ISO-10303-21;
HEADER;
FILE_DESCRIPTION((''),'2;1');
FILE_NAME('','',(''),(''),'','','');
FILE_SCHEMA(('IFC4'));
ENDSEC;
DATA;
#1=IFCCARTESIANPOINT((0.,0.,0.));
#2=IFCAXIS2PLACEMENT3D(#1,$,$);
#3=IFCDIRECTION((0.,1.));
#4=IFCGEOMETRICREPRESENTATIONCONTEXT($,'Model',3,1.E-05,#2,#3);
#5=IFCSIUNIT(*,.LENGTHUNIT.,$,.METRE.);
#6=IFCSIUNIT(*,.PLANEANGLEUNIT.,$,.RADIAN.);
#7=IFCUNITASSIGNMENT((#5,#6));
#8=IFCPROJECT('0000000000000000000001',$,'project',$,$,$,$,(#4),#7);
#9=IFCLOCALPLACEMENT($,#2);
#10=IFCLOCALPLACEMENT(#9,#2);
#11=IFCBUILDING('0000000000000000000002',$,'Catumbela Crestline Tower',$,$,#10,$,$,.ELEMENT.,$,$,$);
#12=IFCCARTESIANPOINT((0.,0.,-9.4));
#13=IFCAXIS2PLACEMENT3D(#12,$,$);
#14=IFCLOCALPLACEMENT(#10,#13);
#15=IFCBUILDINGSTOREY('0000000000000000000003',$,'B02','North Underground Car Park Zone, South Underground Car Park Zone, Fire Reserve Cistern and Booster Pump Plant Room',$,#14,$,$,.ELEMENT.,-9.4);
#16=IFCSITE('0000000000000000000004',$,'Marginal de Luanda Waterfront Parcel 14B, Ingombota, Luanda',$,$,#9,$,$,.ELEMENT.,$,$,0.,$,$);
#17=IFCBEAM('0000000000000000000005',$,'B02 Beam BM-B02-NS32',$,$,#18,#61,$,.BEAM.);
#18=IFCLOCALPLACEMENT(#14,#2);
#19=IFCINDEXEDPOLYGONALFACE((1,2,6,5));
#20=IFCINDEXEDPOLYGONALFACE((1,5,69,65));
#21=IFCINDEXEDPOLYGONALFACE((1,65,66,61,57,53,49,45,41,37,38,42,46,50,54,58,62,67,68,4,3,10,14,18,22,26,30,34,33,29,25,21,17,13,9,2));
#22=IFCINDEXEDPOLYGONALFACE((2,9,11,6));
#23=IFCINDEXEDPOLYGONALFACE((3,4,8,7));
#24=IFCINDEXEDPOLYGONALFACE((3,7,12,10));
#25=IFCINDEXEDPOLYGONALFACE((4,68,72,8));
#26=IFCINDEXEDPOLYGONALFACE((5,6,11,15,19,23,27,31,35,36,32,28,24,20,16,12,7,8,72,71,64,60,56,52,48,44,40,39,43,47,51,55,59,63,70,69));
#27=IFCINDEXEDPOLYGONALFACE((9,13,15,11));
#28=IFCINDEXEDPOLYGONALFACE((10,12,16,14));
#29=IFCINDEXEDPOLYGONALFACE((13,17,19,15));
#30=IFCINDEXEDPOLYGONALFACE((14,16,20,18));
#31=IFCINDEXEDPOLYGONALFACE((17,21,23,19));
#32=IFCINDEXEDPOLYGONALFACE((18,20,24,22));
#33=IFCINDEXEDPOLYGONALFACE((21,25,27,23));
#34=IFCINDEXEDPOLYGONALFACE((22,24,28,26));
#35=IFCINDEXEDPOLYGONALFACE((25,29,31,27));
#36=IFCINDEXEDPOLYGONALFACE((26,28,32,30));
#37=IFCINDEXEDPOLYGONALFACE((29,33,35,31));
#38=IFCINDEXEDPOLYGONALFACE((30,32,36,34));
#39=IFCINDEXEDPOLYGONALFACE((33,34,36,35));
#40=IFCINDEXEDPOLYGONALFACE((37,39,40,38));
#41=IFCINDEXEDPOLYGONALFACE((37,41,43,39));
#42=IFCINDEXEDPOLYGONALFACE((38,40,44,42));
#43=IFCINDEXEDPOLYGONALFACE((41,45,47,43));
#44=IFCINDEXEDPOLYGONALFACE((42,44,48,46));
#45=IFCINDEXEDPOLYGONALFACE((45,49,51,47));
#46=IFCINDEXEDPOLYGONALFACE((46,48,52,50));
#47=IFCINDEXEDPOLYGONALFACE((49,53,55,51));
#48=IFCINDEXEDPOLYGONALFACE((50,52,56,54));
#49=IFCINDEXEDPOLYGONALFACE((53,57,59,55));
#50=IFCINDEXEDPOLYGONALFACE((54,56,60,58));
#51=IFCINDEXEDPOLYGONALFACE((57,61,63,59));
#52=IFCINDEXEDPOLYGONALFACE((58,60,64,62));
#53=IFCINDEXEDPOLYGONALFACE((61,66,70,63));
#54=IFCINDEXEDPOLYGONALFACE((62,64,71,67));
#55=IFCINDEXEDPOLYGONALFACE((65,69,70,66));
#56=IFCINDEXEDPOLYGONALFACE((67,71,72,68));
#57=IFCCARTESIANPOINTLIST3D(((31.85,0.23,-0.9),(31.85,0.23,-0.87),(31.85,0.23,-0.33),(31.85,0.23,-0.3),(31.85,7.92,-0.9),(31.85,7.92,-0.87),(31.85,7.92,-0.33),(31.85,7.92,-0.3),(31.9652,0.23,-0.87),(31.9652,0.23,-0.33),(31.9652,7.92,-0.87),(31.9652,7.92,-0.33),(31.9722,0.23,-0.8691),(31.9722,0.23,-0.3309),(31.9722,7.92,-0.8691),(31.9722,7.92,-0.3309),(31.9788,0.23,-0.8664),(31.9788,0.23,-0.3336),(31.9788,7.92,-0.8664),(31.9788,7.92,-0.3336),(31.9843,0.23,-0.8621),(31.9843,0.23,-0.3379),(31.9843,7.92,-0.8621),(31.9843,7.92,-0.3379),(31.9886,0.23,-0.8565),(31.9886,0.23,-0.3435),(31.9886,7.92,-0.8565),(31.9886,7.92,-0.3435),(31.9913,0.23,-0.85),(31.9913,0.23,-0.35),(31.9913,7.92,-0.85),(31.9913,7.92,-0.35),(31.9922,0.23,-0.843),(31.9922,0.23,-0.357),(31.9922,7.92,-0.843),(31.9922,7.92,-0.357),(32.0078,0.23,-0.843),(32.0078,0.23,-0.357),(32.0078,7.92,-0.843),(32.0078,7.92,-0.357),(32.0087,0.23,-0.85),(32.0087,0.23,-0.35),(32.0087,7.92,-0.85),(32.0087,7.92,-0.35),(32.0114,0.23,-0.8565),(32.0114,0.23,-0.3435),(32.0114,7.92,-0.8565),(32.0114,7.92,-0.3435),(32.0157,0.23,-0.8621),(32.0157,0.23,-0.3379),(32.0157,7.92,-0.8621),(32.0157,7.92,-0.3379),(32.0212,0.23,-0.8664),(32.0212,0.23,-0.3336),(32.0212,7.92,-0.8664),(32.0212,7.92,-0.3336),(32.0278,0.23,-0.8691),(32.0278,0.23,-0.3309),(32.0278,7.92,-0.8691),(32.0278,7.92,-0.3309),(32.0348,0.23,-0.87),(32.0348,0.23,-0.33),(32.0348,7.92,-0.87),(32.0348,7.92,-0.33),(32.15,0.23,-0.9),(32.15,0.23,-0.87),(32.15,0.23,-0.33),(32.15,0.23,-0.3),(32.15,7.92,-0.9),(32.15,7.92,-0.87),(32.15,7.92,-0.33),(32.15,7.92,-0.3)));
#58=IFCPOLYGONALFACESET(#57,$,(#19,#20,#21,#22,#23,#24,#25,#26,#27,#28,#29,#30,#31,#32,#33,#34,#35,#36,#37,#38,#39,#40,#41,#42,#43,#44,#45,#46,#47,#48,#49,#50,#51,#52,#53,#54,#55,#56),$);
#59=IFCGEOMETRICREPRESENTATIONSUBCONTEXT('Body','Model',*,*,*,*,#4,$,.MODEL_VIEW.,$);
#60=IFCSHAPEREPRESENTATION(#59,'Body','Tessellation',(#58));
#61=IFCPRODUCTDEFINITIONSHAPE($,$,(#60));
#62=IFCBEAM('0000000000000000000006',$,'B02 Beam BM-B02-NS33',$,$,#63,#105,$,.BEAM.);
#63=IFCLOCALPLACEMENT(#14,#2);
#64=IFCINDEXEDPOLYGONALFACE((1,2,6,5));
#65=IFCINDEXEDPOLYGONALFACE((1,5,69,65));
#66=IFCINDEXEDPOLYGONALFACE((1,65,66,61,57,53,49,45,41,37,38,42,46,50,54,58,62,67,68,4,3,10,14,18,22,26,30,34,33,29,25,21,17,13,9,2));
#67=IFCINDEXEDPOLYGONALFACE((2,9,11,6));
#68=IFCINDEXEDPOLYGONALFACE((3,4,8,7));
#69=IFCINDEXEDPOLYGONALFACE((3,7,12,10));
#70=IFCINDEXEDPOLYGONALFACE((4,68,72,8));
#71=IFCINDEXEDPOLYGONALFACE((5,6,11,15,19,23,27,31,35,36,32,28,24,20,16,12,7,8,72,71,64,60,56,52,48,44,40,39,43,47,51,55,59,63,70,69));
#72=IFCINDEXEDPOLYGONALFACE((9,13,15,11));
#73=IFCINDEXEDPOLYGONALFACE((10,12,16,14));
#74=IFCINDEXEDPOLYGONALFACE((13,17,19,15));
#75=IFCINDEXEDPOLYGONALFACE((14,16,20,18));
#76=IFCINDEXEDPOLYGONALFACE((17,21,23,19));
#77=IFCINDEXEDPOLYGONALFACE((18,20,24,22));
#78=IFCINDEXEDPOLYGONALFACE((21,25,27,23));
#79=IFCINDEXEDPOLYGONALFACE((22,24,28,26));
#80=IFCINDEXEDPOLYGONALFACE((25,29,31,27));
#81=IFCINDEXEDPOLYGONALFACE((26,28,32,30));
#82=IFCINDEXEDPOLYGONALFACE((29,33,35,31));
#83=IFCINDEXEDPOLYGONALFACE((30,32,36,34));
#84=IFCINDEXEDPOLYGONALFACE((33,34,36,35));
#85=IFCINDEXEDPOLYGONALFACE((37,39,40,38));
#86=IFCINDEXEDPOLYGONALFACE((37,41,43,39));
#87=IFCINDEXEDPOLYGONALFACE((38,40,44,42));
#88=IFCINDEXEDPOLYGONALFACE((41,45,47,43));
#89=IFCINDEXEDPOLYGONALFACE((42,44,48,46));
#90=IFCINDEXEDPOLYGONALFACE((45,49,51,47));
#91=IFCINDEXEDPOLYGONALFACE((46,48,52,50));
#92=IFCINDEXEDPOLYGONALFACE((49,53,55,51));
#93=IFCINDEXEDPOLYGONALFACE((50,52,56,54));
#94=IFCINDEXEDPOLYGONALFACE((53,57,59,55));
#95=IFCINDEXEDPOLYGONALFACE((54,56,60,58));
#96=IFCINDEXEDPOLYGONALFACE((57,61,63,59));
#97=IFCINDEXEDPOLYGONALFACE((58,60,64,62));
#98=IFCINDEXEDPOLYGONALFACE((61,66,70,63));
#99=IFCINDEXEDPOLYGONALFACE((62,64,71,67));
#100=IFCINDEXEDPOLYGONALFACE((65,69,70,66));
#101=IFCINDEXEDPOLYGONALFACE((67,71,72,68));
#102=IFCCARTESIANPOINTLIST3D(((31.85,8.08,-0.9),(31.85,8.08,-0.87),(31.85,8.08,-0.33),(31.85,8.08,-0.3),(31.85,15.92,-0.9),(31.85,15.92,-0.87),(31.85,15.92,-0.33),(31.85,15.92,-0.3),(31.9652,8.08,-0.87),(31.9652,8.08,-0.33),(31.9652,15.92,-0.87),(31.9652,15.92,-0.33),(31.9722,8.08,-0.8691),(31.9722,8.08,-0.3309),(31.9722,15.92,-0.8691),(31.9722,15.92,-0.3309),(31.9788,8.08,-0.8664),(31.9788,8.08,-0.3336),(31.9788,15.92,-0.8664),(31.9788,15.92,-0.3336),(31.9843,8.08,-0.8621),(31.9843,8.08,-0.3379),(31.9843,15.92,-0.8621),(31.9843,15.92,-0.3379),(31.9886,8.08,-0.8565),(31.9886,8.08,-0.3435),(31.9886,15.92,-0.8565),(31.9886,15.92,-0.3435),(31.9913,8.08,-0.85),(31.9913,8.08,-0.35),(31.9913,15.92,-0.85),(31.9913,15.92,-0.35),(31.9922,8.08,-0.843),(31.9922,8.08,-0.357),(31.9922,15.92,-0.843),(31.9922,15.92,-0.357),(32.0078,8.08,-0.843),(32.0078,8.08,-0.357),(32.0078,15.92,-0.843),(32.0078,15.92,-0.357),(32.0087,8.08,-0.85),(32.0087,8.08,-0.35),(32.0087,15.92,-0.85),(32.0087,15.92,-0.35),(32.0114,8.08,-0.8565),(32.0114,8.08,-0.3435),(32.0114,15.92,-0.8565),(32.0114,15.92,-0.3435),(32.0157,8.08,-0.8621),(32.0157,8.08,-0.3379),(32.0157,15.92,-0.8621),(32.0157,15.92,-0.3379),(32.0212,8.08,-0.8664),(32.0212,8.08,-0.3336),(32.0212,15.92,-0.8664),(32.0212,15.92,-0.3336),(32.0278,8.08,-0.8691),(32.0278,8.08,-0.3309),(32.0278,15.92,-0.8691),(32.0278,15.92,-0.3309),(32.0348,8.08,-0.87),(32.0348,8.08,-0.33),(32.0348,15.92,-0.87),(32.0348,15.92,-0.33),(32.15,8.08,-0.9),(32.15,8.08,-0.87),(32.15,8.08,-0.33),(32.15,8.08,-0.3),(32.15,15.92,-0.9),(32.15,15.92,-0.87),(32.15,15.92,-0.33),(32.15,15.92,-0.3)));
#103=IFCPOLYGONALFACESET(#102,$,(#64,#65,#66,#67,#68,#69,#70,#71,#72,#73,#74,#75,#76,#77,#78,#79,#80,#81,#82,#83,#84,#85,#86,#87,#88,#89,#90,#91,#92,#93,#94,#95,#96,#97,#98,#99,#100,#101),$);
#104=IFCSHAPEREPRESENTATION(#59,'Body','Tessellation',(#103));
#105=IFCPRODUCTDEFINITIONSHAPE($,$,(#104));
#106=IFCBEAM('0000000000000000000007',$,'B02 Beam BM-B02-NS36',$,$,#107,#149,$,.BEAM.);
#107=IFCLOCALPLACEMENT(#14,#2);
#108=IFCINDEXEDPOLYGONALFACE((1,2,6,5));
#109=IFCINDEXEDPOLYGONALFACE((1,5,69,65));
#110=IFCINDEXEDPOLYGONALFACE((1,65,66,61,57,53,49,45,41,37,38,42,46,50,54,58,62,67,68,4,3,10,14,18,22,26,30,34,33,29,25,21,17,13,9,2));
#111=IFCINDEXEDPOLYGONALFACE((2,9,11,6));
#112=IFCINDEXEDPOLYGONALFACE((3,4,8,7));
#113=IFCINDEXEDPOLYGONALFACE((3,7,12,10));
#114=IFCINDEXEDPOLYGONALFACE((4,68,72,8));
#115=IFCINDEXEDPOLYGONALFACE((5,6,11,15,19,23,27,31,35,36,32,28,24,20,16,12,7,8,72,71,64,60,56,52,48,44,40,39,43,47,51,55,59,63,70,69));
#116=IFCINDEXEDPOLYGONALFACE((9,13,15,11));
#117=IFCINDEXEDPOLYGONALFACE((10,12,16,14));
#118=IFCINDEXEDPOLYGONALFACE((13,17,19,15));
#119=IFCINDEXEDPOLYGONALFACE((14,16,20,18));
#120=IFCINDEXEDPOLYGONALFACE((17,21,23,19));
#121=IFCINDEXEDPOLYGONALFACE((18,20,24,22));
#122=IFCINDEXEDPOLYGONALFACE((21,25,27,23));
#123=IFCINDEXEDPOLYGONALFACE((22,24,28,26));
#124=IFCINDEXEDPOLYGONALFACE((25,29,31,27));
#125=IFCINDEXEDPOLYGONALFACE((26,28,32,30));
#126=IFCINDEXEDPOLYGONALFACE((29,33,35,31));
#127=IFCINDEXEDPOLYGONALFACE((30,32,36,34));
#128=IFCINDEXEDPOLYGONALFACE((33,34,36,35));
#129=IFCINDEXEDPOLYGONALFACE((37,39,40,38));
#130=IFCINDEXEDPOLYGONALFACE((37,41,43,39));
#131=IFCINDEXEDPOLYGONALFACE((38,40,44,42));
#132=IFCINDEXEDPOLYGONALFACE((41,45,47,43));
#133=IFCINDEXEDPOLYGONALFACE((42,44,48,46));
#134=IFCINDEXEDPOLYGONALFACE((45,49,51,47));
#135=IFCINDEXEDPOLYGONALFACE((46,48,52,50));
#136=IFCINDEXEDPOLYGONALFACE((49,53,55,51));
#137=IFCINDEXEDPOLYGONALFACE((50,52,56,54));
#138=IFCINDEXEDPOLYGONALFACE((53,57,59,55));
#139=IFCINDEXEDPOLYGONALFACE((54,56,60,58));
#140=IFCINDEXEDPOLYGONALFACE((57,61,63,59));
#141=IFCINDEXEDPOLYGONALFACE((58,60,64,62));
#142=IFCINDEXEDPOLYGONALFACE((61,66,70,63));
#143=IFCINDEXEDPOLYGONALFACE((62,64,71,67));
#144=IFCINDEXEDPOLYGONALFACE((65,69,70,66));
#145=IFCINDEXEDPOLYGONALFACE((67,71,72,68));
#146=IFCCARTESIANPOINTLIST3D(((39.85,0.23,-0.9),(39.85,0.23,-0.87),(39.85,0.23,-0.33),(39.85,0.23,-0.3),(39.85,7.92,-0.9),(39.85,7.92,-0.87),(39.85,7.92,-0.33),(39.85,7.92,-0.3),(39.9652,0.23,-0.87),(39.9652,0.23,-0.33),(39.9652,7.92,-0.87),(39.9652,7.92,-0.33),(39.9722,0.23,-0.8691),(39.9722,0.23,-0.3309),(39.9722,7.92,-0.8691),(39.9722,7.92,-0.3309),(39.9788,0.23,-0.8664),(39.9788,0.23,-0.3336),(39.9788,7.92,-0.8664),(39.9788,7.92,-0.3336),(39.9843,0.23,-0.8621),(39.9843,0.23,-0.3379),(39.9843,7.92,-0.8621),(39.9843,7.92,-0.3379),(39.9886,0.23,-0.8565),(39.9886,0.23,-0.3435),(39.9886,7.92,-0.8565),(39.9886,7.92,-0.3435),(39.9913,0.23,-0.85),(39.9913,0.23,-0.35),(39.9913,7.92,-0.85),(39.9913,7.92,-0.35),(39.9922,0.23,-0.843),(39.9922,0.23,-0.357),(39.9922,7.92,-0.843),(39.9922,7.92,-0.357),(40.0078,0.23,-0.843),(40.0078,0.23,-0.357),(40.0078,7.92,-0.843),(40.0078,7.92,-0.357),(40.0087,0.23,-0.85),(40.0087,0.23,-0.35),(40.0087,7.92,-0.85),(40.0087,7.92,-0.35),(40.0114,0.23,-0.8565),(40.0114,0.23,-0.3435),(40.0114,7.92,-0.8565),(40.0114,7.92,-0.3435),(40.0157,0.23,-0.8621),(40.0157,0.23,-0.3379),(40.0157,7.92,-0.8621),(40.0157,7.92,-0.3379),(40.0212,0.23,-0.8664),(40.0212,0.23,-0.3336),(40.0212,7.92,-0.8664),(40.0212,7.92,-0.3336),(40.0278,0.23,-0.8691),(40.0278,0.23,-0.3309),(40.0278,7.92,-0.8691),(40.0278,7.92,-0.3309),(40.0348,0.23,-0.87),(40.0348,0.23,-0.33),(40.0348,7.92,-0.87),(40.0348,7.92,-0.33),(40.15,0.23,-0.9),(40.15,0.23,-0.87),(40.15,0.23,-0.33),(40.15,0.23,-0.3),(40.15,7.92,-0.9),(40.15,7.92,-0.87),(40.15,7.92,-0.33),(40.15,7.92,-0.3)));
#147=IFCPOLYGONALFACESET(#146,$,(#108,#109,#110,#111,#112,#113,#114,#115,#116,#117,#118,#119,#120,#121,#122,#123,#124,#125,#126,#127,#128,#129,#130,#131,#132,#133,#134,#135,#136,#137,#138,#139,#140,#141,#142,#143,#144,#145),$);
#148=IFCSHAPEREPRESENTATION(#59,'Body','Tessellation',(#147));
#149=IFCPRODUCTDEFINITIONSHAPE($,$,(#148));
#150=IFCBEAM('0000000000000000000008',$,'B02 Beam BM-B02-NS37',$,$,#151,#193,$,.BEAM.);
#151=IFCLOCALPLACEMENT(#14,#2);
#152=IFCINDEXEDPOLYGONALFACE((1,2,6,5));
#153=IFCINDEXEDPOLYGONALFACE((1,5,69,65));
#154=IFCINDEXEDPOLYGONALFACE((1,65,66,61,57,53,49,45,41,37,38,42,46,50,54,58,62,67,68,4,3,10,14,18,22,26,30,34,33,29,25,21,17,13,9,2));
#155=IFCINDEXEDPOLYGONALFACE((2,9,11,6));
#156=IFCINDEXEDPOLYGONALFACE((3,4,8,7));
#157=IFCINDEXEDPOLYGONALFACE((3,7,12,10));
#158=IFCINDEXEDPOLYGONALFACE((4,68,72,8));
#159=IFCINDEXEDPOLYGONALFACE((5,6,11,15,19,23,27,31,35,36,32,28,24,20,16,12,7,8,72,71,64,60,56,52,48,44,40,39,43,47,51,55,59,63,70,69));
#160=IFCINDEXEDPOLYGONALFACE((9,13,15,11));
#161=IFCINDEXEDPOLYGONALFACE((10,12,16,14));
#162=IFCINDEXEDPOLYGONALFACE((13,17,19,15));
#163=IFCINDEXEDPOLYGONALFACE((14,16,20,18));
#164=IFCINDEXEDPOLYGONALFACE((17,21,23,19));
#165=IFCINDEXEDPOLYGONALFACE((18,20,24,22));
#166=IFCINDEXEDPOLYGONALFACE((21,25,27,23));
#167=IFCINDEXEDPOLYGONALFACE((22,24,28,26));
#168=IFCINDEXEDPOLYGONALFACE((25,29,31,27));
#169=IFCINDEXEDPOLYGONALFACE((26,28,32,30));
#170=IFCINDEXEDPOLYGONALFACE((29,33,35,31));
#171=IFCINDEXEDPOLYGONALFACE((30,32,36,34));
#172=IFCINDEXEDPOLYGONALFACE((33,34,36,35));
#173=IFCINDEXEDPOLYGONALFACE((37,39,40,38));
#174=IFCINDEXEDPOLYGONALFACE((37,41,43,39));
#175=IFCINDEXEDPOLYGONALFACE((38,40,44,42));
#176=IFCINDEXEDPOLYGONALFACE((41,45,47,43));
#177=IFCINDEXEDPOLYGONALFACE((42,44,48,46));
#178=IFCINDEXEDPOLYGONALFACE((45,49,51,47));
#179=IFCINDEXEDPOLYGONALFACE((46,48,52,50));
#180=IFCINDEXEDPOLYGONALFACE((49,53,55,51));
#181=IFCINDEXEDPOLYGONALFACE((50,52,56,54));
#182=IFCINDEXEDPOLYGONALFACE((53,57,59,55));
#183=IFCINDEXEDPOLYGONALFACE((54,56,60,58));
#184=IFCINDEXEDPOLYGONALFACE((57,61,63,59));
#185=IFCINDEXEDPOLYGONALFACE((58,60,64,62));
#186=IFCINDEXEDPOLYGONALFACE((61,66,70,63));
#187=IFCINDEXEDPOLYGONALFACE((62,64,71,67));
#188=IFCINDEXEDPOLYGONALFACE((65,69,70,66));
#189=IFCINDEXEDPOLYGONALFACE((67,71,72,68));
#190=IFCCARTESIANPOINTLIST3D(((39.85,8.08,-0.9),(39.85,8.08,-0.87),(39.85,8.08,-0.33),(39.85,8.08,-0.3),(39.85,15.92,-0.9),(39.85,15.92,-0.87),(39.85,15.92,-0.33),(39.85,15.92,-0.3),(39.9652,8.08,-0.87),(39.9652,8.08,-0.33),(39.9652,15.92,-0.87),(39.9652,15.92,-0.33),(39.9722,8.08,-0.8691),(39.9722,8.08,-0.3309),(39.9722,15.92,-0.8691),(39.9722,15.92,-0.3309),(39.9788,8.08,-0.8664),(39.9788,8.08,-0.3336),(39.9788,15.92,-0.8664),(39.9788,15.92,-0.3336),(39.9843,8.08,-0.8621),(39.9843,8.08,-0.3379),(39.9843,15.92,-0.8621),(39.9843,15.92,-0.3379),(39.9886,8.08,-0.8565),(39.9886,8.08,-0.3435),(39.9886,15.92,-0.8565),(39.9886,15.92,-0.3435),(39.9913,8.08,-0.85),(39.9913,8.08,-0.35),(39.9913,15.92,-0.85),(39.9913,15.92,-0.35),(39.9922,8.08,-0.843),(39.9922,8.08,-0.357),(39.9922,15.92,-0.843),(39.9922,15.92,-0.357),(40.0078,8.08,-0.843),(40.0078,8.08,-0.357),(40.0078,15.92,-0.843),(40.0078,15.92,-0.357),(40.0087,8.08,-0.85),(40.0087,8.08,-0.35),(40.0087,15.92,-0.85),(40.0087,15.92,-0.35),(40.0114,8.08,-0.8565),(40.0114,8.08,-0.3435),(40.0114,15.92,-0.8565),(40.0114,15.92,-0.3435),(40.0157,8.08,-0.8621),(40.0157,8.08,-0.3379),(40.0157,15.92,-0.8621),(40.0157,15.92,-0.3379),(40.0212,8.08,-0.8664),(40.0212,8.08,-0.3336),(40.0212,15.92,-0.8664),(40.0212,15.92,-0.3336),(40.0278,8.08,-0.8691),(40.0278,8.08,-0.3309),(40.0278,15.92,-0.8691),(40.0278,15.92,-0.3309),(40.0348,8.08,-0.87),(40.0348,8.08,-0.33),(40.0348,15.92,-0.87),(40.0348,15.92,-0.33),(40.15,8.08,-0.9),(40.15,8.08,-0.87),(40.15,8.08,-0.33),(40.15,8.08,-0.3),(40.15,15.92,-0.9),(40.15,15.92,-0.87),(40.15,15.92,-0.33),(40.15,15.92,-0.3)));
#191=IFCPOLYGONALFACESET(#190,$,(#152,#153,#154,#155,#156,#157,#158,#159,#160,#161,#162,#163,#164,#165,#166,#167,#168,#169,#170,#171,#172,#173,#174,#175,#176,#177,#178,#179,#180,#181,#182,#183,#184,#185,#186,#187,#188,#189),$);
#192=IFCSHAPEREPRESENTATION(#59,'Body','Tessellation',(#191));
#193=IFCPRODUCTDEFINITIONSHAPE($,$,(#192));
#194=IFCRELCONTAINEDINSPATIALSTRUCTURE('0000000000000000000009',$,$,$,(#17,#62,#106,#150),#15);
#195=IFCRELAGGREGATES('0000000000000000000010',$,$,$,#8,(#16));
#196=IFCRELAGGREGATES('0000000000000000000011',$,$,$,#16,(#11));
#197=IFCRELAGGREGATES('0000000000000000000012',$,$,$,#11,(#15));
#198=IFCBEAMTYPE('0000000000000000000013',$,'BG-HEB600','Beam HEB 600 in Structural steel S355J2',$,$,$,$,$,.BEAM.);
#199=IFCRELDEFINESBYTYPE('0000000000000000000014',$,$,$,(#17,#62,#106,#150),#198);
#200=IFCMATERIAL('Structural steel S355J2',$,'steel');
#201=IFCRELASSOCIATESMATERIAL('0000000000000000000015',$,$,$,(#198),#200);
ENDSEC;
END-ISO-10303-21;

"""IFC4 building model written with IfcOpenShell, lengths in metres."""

from ifc_helpers import new_model, si_unit, direction, frame, origin, origin_2d, place, context, subcontext, project, spatial, i_section, extrude, material, material_profile, profile_set, type_object, element, save


model = new_model("IFC4")

# Units and contexts
model_context = context("Model", 3, precision=1e-05, world=origin(), true_north=direction((0.0, 1.0)))
body_context = subcontext(model_context, "Body", "Model", "MODEL_VIEW")
ifc_project = project(units=[si_unit("LENGTHUNIT", "METRE"), si_unit("PLANEANGLEUNIT", "RADIAN")], contexts=[model_context])

# Site, building, storey
site_placement = place(None, origin())
site = spatial("IfcSite", under=ifc_project, at=site_placement, Name="Marginal de Luanda Waterfront Parcel 14B, Ingombota, Luanda", CompositionType="ELEMENT", RefElevation=0.0)
building_placement = place(site_placement, origin())
building = spatial("IfcBuilding", under=site, at=building_placement, Name="Catumbela Crestline Tower", CompositionType="ELEMENT")
storey_placement = place(building_placement, frame((0.0, 0.0, -9.4)))
storey = spatial("IfcBuildingStorey", under=building, at=storey_placement, Name="B02", Description="North Underground Car Park Zone, South Underground Car Park Zone, Fire Reserve Cistern and Booster Pump Plant Room", CompositionType="ELEMENT", Elevation=-9.4)

# Beams
ifc_material_1 = material(Name="Structural steel S355J2", Category="steel")
ifc_material_profile_1 = material_profile(ifc_material_1, i_section(OverallWidth=0.3, OverallDepth=0.6, WebThickness=0.0155, FlangeThickness=0.03, FilletRadius=0.027, at=origin_2d()), Name="HEB 600")
ifc_profile_set_1 = profile_set([ifc_material_profile_1], Name="Structural steel S355J2")
beam_type_1 = type_object("IfcBeamType", Name="BG-HEB600", Description="Beam HEB 600 in Structural steel S355J2", PredefinedType="BEAM", material=ifc_profile_set_1)
beam_1_placement = place(storey_placement, frame((32.0, 0.23, -0.6), z_axis=(0.0, 1.0, 0.0), x_axis=(-1.0, 0.0, 0.0)))
element("IfcBeam", 1, at=beam_1_placement, inside=storey, type_object=beam_type_1, Name="B02 Beam BM-B02-NS32", PredefinedType="BEAM", context=body_context, shape_type="SweptSolid", body=[
    extrude(i_section(OverallWidth=0.3, OverallDepth=0.6, WebThickness=0.0155, FlangeThickness=0.03, FilletRadius=0.027, at=origin_2d()), origin(), (0.0, 0.0, 1.0), 7.69),
])
beam_2_placement = place(storey_placement, frame((32.0, 8.08, -0.6), z_axis=(0.0, 1.0, 0.0), x_axis=(-1.0, 0.0, 0.0)))
element("IfcBeam", 2, at=beam_2_placement, inside=storey, type_object=beam_type_1, Name="B02 Beam BM-B02-NS33", PredefinedType="BEAM", context=body_context, shape_type="SweptSolid", body=[
    extrude(i_section(OverallWidth=0.3, OverallDepth=0.6, WebThickness=0.0155, FlangeThickness=0.03, FilletRadius=0.027, at=origin_2d()), origin(), (0.0, 0.0, 1.0), 7.84),
])
beam_3_placement = place(storey_placement, frame((40.0, 0.23, -0.6), z_axis=(0.0, 1.0, 0.0), x_axis=(-1.0, 0.0, 0.0)))
element("IfcBeam", 3, at=beam_3_placement, inside=storey, type_object=beam_type_1, Name="B02 Beam BM-B02-NS36", PredefinedType="BEAM", context=body_context, shape_type="SweptSolid", body=[
    extrude(i_section(OverallWidth=0.3, OverallDepth=0.6, WebThickness=0.0155, FlangeThickness=0.03, FilletRadius=0.027, at=origin_2d()), origin(), (0.0, 0.0, 1.0), 7.69),
])
beam_4_placement = place(storey_placement, frame((40.0, 8.08, -0.6), z_axis=(0.0, 1.0, 0.0), x_axis=(-1.0, 0.0, 0.0)))
element("IfcBeam", 4, at=beam_4_placement, inside=storey, type_object=beam_type_1, Name="B02 Beam BM-B02-NS37", PredefinedType="BEAM", context=body_context, shape_type="SweptSolid", body=[
    extrude(i_section(OverallWidth=0.3, OverallDepth=0.6, WebThickness=0.0155, FlangeThickness=0.03, FilletRadius=0.027, at=origin_2d()), origin(), (0.0, 0.0, 1.0), 7.84),
])

save(model, "model.ifc")
